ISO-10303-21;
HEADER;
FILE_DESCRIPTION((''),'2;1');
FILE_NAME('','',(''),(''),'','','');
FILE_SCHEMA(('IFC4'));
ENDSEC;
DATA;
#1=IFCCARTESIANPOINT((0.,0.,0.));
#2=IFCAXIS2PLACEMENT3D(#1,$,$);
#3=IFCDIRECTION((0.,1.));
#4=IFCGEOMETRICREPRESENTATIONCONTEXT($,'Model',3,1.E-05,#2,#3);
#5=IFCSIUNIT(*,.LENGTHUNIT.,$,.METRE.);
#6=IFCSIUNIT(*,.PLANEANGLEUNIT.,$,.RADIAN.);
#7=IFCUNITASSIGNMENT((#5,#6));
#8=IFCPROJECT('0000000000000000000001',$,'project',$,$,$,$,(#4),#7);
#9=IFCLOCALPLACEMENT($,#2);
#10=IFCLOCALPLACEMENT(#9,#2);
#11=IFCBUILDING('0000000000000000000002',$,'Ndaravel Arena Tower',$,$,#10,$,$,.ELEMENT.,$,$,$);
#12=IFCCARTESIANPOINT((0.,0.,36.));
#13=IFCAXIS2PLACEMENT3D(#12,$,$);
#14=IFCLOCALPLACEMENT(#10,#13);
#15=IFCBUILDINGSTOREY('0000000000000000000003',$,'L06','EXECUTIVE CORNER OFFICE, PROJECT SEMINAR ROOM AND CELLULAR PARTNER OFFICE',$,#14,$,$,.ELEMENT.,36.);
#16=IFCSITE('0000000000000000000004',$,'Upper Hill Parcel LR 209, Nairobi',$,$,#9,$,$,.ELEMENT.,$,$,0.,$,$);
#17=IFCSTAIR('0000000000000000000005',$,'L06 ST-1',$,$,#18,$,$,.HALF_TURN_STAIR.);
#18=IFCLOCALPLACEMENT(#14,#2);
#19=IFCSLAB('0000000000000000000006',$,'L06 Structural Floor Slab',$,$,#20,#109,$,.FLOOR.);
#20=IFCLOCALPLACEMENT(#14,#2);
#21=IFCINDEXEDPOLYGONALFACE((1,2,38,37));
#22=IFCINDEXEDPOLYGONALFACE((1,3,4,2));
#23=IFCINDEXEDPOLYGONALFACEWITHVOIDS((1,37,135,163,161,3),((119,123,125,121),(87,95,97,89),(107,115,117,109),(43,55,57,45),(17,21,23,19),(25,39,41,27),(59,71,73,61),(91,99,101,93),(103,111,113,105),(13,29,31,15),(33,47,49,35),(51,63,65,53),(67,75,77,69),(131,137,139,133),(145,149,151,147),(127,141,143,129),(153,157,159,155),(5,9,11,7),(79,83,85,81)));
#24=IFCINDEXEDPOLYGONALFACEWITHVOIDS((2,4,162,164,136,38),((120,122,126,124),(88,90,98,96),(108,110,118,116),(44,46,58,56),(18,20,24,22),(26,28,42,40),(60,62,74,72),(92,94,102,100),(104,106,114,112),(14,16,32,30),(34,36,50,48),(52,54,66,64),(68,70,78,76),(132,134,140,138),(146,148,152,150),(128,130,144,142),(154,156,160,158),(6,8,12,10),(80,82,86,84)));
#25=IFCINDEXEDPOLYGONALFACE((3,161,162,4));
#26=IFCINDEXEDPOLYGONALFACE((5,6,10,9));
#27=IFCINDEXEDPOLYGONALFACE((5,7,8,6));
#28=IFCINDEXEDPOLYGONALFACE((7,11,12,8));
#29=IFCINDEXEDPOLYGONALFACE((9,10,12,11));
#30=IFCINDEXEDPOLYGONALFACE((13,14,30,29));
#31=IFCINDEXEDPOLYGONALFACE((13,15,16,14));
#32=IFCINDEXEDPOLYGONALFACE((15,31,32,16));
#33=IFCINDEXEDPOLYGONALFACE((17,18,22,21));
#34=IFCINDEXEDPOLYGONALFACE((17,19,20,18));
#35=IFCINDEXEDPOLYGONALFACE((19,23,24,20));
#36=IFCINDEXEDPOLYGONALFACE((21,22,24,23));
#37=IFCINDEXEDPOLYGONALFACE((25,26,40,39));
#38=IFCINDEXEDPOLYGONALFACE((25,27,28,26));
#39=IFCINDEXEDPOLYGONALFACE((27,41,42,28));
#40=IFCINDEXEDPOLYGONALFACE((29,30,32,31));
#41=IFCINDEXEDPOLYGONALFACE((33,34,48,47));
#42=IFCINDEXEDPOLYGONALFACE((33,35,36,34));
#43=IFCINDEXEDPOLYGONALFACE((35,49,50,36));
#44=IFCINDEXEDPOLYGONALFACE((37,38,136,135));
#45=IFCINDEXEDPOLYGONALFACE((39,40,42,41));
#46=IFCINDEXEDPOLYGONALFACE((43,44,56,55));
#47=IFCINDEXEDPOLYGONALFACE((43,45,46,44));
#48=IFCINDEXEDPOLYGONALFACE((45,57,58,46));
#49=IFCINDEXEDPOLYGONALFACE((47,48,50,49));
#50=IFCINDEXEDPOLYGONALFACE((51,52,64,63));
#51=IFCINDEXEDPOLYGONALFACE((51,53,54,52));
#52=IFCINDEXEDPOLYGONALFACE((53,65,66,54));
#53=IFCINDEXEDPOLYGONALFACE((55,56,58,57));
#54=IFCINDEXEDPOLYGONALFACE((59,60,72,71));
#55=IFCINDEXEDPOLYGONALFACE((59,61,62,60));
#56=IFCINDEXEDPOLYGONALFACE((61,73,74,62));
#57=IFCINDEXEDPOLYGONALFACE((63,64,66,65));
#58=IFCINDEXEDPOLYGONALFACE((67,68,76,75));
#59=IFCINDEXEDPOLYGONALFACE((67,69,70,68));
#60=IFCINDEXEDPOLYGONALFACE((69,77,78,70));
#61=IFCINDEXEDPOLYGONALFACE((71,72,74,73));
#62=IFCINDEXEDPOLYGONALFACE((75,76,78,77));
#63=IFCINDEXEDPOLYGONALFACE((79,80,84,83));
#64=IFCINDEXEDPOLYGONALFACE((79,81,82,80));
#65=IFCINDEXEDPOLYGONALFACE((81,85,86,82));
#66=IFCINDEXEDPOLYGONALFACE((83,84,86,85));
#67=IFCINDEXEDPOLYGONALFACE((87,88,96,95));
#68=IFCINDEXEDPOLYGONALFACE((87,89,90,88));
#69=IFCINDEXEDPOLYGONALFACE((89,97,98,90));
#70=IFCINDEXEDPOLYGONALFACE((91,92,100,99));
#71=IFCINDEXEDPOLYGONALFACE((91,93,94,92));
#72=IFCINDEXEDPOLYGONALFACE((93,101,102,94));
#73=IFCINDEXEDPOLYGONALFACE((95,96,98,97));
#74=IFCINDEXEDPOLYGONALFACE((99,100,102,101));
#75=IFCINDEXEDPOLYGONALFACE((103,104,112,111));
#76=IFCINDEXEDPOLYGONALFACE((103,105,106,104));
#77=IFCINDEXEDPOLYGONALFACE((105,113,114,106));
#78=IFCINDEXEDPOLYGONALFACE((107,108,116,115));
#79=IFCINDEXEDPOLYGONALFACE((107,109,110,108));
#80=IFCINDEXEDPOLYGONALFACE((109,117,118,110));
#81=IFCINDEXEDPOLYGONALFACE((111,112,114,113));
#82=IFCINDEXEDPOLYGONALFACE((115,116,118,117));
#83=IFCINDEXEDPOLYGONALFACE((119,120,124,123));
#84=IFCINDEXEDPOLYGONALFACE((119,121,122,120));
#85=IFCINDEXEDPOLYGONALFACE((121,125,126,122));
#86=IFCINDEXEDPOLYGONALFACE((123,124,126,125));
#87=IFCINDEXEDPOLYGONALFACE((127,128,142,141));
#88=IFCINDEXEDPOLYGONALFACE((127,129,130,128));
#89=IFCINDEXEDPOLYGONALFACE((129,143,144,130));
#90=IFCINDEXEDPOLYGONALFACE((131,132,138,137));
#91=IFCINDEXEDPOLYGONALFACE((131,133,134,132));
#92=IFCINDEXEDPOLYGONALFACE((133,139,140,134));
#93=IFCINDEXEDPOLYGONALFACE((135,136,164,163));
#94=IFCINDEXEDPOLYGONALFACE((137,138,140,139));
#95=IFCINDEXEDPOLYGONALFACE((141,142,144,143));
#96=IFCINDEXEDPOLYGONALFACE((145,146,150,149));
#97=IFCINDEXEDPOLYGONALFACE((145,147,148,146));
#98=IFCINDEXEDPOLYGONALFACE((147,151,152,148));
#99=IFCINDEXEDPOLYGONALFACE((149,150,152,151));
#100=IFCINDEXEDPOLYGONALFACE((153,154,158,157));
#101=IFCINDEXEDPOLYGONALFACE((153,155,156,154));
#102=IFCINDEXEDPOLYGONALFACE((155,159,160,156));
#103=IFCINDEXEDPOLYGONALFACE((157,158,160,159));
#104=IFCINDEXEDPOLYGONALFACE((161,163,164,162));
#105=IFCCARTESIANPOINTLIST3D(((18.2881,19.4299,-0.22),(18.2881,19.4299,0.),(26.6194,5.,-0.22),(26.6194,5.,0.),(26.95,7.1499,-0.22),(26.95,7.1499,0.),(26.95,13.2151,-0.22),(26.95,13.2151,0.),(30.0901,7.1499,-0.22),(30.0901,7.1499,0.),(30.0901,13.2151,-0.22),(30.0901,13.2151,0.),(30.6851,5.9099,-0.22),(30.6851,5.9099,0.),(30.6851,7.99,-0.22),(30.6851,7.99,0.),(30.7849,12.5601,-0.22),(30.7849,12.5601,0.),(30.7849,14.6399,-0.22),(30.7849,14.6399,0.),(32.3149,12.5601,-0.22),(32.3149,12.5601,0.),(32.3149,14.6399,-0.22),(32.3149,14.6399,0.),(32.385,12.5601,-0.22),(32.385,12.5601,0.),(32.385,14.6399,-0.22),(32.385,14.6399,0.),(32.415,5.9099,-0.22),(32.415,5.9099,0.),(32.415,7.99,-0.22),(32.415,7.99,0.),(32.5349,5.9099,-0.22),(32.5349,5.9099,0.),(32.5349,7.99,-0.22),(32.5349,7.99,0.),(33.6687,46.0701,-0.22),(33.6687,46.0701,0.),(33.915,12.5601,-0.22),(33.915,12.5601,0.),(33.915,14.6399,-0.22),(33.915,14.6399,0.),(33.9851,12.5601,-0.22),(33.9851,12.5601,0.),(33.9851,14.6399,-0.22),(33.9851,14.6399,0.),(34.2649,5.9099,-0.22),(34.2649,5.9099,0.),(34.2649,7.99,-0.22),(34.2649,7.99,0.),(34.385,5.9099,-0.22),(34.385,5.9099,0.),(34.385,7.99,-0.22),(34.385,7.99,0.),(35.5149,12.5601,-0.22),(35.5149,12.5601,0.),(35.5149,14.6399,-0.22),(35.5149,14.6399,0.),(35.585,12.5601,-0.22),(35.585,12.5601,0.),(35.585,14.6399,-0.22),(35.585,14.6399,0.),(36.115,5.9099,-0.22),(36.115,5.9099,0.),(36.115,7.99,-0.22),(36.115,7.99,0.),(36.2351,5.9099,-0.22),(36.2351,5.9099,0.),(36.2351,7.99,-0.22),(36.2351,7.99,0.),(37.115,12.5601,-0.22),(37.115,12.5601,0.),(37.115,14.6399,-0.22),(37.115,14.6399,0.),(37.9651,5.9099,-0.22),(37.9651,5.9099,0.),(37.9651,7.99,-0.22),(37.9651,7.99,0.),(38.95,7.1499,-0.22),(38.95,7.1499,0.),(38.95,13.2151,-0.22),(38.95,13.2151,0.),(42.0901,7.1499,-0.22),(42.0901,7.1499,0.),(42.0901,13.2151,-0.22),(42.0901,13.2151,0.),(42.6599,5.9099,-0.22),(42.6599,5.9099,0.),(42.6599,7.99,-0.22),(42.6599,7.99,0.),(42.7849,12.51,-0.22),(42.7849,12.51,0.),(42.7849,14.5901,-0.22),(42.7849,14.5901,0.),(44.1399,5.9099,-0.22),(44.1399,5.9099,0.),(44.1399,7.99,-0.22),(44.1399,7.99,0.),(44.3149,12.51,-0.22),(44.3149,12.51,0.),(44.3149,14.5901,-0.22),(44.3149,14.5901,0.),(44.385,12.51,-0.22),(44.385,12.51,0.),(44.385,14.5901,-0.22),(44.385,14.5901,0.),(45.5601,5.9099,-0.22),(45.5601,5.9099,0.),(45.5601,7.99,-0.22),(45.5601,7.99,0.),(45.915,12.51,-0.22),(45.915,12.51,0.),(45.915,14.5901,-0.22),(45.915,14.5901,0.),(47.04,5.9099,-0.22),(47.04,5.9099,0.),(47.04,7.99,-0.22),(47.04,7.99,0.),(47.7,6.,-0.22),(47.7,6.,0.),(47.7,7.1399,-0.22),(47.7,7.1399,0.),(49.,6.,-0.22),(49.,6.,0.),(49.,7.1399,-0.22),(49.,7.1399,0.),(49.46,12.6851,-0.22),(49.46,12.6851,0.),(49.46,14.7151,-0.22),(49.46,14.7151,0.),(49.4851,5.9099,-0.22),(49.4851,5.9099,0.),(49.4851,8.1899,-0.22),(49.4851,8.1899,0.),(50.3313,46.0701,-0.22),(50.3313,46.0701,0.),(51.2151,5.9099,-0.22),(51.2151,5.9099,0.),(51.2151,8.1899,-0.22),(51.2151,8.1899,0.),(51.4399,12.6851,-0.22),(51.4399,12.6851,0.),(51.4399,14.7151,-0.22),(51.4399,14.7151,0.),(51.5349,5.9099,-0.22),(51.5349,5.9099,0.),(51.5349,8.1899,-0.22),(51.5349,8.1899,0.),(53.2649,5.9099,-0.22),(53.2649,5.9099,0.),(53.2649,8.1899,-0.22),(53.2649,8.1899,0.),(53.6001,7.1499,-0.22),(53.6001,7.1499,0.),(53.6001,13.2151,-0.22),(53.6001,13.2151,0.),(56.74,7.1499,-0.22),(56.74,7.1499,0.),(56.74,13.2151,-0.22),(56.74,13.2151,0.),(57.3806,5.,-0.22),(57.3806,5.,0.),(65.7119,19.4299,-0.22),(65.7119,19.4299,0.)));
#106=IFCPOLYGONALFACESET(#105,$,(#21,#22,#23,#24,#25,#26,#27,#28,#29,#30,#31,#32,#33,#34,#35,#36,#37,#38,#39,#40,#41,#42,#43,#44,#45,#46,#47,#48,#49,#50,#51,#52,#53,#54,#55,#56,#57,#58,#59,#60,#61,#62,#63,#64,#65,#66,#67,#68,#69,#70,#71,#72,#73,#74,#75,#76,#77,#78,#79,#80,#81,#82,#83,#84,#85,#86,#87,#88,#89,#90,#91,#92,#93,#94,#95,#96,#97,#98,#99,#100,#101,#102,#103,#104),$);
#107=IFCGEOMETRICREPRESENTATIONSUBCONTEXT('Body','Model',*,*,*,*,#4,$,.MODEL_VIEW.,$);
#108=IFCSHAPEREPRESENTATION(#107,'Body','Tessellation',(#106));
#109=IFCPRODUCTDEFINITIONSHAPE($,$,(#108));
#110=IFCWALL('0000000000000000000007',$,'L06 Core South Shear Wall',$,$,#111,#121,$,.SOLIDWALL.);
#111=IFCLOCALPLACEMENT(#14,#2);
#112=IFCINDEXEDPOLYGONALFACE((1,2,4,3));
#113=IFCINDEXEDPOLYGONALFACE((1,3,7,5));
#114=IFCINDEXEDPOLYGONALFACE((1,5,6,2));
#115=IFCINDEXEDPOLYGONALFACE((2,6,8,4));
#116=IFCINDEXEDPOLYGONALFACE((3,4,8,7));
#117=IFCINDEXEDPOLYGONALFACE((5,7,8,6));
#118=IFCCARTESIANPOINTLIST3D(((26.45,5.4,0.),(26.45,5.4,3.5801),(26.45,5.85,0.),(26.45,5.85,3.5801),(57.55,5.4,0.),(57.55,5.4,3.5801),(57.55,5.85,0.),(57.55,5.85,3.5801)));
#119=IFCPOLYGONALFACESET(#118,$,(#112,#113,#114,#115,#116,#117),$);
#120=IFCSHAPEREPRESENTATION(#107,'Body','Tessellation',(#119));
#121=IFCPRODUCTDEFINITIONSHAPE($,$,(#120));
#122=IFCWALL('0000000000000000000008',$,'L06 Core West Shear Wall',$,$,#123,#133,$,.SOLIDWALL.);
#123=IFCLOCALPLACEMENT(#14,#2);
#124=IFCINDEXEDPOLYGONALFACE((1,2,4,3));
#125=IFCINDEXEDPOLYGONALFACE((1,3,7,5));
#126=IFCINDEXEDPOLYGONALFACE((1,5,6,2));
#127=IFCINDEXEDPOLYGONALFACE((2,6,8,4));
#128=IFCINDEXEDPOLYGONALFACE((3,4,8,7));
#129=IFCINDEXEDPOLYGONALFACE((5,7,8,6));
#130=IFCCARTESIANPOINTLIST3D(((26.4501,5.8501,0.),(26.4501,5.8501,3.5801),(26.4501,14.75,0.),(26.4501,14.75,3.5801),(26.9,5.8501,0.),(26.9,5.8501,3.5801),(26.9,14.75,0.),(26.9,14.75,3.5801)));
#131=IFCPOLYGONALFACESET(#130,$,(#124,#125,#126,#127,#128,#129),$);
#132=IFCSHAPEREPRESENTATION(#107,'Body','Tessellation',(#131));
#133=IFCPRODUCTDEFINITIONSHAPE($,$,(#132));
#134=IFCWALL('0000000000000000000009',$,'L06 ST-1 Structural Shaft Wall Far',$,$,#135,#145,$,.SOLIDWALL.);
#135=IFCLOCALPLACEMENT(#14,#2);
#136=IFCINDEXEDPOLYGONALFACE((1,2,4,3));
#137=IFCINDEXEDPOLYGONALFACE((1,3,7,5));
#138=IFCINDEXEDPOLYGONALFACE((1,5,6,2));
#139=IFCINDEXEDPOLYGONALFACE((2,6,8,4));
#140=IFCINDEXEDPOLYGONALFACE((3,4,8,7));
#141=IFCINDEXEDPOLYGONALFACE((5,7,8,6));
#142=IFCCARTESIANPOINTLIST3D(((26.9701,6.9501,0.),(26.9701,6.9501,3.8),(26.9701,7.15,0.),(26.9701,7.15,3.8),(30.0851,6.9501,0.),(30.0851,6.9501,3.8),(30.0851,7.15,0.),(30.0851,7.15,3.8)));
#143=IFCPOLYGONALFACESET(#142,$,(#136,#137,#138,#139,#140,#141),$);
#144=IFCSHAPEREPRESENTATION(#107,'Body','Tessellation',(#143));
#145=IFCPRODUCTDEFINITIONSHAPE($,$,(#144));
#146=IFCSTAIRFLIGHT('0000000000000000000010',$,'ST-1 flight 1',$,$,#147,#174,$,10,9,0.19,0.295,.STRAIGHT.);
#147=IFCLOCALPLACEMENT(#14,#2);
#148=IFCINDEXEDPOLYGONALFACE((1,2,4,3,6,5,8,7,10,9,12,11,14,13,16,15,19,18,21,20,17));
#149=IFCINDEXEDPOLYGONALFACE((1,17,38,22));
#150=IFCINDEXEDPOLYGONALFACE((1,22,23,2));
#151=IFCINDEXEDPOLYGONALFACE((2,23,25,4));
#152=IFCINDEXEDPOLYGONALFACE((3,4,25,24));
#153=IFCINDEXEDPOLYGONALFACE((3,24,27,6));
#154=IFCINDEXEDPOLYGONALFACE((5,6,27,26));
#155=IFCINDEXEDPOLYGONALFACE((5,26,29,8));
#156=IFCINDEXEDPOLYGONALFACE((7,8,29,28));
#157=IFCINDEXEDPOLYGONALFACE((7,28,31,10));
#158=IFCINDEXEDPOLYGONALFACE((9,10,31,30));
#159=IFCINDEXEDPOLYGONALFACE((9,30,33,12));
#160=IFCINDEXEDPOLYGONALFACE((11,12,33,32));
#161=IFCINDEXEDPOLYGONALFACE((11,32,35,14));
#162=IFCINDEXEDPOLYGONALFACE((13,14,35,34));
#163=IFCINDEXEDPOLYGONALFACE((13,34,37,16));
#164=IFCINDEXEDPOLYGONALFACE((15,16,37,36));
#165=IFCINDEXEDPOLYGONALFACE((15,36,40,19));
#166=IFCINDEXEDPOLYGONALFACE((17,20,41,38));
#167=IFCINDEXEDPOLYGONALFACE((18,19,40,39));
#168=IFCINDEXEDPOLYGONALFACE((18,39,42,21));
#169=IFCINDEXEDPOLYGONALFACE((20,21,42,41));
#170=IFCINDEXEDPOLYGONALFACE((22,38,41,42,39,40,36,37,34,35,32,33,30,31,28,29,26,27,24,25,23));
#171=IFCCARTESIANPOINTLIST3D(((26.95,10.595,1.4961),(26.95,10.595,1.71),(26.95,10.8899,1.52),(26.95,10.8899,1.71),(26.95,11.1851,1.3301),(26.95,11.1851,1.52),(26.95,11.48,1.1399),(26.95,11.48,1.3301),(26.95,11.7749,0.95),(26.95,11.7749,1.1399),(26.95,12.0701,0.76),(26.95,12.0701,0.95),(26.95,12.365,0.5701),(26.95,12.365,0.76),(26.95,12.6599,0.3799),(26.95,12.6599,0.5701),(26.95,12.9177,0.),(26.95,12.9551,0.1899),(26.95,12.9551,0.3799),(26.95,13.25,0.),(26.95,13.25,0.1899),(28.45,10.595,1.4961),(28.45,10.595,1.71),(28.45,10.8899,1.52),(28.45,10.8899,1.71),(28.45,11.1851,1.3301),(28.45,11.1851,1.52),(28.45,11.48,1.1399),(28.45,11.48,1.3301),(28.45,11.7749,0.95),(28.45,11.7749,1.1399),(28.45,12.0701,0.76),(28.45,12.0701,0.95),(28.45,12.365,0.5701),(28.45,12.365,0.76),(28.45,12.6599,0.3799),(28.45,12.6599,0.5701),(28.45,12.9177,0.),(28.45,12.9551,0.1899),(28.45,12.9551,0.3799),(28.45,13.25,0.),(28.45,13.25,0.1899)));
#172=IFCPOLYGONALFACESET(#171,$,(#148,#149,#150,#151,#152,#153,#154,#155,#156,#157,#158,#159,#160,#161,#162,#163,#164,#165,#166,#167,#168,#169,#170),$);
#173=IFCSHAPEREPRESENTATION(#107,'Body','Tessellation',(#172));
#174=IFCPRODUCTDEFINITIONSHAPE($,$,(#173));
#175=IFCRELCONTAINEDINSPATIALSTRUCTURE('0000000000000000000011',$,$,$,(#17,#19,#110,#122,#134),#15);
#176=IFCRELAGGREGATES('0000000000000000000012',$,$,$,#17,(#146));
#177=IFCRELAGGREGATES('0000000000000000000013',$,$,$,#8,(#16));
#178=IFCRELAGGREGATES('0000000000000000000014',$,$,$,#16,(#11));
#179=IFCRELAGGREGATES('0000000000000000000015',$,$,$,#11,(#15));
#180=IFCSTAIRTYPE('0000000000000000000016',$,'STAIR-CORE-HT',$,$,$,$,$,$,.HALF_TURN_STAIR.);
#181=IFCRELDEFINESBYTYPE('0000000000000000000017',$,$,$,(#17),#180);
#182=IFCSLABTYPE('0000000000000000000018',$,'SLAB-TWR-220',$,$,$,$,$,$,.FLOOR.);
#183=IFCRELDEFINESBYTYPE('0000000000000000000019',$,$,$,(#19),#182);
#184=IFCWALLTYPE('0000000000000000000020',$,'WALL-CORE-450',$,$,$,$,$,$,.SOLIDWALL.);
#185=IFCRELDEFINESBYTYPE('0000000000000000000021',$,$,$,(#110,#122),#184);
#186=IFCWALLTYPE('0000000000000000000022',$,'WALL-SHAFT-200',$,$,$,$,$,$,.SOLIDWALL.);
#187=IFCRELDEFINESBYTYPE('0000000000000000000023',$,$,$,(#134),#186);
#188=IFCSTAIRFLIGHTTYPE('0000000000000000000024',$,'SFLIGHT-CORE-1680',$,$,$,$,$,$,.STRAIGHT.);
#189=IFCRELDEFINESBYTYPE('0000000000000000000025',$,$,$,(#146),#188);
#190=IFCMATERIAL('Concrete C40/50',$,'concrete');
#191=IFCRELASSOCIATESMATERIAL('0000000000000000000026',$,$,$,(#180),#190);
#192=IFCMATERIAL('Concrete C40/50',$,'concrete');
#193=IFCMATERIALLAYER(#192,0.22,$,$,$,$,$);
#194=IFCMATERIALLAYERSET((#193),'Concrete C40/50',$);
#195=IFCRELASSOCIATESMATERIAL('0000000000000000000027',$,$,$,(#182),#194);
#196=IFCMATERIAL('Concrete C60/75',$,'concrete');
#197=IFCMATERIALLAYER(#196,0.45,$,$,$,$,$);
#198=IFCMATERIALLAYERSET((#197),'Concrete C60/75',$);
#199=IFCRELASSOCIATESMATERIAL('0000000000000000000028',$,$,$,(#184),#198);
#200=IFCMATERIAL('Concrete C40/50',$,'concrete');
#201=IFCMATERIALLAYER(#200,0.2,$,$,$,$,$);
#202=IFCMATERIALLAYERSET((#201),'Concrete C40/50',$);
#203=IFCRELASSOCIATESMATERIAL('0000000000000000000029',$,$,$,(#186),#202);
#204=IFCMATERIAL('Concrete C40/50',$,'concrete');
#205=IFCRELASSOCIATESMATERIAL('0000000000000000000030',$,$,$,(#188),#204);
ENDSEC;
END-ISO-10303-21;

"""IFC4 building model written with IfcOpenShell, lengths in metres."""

from ifc_helpers import new_model, si_unit, direction, frame, frame_2d, origin, place, context, subcontext, project, spatial, polyline, rectangle, outline, extrude, material, layer, layer_set, type_object, element, aggregate, save


model = new_model("IFC4")

# Units and contexts
model_context = context("Model", 3, precision=1e-05, world=origin(), true_north=direction((0.0, 1.0)))
body_context = subcontext(model_context, "Body", "Model", "MODEL_VIEW")
ifc_project = project(units=[si_unit("LENGTHUNIT", "METRE"), si_unit("PLANEANGLEUNIT", "RADIAN")], contexts=[model_context])

# Site, building, storey
site_placement = place(None, origin())
site = spatial("IfcSite", under=ifc_project, at=site_placement, Name="Upper Hill Parcel LR 209, Nairobi", CompositionType="ELEMENT", RefElevation=0.0)
building_placement = place(site_placement, origin())
building = spatial("IfcBuilding", under=site, at=building_placement, Name="Ndaravel Arena Tower", CompositionType="ELEMENT")
storey_placement = place(building_placement, frame((0.0, 0.0, 36.0)))
storey = spatial("IfcBuildingStorey", under=building, at=storey_placement, Name="L06", Description="EXECUTIVE CORNER OFFICE, PROJECT SEMINAR ROOM AND CELLULAR PARTNER OFFICE", CompositionType="ELEMENT", Elevation=36.0)

# Stair
ifc_material_1 = material(Name="Concrete C40/50", Category="concrete")
stair_type = type_object("IfcStairType", Name="STAIR-CORE-HT", PredefinedType="HALF_TURN_STAIR", material=ifc_material_1)
stair_1_placement = place(storey_placement, origin())
stair_1 = element("IfcStair", 1, at=stair_1_placement, inside=storey, type_object=stair_type, Name="L06 ST-1", PredefinedType="HALF_TURN_STAIR")

# Slab
ifc_material_2 = material(Name="Concrete C40/50", Category="concrete")
ifc_layer_1 = layer(ifc_material_2, 0.22)
ifc_layer_set_1 = layer_set([ifc_layer_1], Name="Concrete C40/50")
slab_type_1 = type_object("IfcSlabType", Name="SLAB-TWR-220", PredefinedType="FLOOR", material=ifc_layer_set_1)
slab_1_placement = place(storey_placement, frame((0.0, 0.0, -0.22)))
element("IfcSlab", 2, at=slab_1_placement, inside=storey, type_object=slab_type_1, Name="L06 Structural Floor Slab", PredefinedType="FLOOR", context=body_context, shape_type="SweptSolid", body=[
    extrude(outline(polyline([(18.2881, 19.4299), (26.6194, 5.0), (57.3806, 5.0), (65.7119, 19.4299), (50.3313, 46.0701), (33.6687, 46.0701), (18.2881, 19.4299)]), holes=[polyline([(26.95, 13.2151), (26.95, 7.1499), (30.0901, 7.1499), (30.0901, 13.2151), (26.95, 13.2151)]), polyline([(38.95, 13.2151), (38.95, 7.1499), (42.0901, 7.1499), (42.0901, 13.2151), (38.95, 13.2151)]), polyline([(53.6001, 13.2151), (53.6001, 7.1499), (56.74, 7.1499), (56.74, 13.2151), (53.6001, 13.2151)]), polyline([(30.6851, 5.9099), (32.415, 5.9099), (32.415, 7.99), (30.6851, 7.99), (30.6851, 5.9099)]), polyline([(32.5349, 5.9099), (34.2649, 5.9099), (34.2649, 7.99), (32.5349, 7.99), (32.5349, 5.9099)]), polyline([(34.385, 5.9099), (36.115, 5.9099), (36.115, 7.99), (34.385, 7.99), (34.385, 5.9099)]), polyline([(36.2351, 5.9099), (37.9651, 5.9099), (37.9651, 7.99), (36.2351, 7.99), (36.2351, 5.9099)]), polyline([(30.7849, 12.5601), (32.3149, 12.5601), (32.3149, 14.6399), (30.7849, 14.6399), (30.7849, 12.5601)]), polyline([(32.385, 12.5601), (33.915, 12.5601), (33.915, 14.6399), (32.385, 14.6399), (32.385, 12.5601)]), polyline([(33.9851, 12.5601), (35.5149, 12.5601), (35.5149, 14.6399), (33.9851, 14.6399), (33.9851, 12.5601)]), polyline([(35.585, 12.5601), (37.115, 12.5601), (37.115, 14.6399), (35.585, 14.6399), (35.585, 12.5601)]), polyline([(42.6599, 5.9099), (44.1399, 5.9099), (44.1399, 7.99), (42.6599, 7.99), (42.6599, 5.9099)]), polyline([(45.5601, 5.9099), (47.04, 5.9099), (47.04, 7.99), (45.5601, 7.99), (45.5601, 5.9099)]), polyline([(42.7849, 12.51), (44.3149, 12.51), (44.3149, 14.5901), (42.7849, 14.5901), (42.7849, 12.51)]), polyline([(44.385, 12.51), (45.915, 12.51), (45.915, 14.5901), (44.385, 14.5901), (44.385, 12.51)]), polyline([(49.4851, 5.9099), (51.2151, 5.9099), (51.2151, 8.1899), (49.4851, 8.1899), (49.4851, 5.9099)]), polyline([(51.5349, 5.9099), (53.2649, 5.9099), (53.2649, 8.1899), (51.5349, 8.1899), (51.5349, 5.9099)]), polyline([(49.46, 12.6851), (51.4399, 12.6851), (51.4399, 14.7151), (49.46, 14.7151), (49.46, 12.6851)]), polyline([(47.7, 6.0), (49.0, 6.0), (49.0, 7.1399), (47.7, 7.1399), (47.7, 6.0)])]), origin(), (0.0, 0.0, 1.0), 0.22),
])

# Walls
ifc_material_3 = material(Name="Concrete C60/75", Category="concrete")
ifc_layer_2 = layer(ifc_material_3, 0.45)
ifc_layer_set_2 = layer_set([ifc_layer_2], Name="Concrete C60/75")
wall_type_1 = type_object("IfcWallType", Name="WALL-CORE-450", PredefinedType="SOLIDWALL", material=ifc_layer_set_2)
wall_1_placement = place(storey_placement, frame((26.45, 5.625, 0.0), z_axis=(0.0, 0.0, 1.0), x_axis=(1.0, 0.0, 0.0)))
element("IfcWall", 3, at=wall_1_placement, inside=storey, type_object=wall_type_1, Name="L06 Core South Shear Wall", PredefinedType="SOLIDWALL", context=body_context, shape_type="SweptSolid", body=[
    extrude(rectangle(XDim=31.1001, YDim=0.45, at=frame_2d((15.55, 0.0))), origin(), (0.0, 0.0, 1.0), 3.5801),
])
wall_2_placement = place(storey_placement, frame((26.675, 5.8501, 0.0), z_axis=(0.0, 0.0, 1.0), x_axis=(0.0, 1.0, 0.0)))
element("IfcWall", 4, at=wall_2_placement, inside=storey, type_object=wall_type_1, Name="L06 Core West Shear Wall", PredefinedType="SOLIDWALL", context=body_context, shape_type="SweptSolid", body=[
    extrude(rectangle(XDim=8.8999, YDim=0.45, at=frame_2d((4.45, 0.0))), origin(), (0.0, 0.0, 1.0), 3.5801),
])
ifc_material_4 = material(Name="Concrete C40/50", Category="concrete")
ifc_layer_3 = layer(ifc_material_4, 0.2)
ifc_layer_set_3 = layer_set([ifc_layer_3], Name="Concrete C40/50")
wall_type_2 = type_object("IfcWallType", Name="WALL-SHAFT-200", PredefinedType="SOLIDWALL", material=ifc_layer_set_3)
wall_3_placement = place(storey_placement, frame((26.97, 7.05, 0.0), z_axis=(0.0, 0.0, 1.0), x_axis=(1.0, 0.0, 0.0)))
element("IfcWall", 5, at=wall_3_placement, inside=storey, type_object=wall_type_2, Name="L06 ST-1 Structural Shaft Wall Far", PredefinedType="SOLIDWALL", context=body_context, shape_type="SweptSolid", body=[
    extrude(rectangle(XDim=3.115, YDim=0.2, at=frame_2d((1.5576, 0.0))), origin(), (0.0, 0.0, 1.0), 3.8),
])

# Stair flight
ifc_material_5 = material(Name="Concrete C40/50", Category="concrete")
stair_flight_type = type_object("IfcStairFlightType", Name="SFLIGHT-CORE-1680", PredefinedType="STRAIGHT", material=ifc_material_5)
stair_flight_1_placement = place(storey_placement, frame((27.7, 13.25, 0.0), z_axis=(0.0, 0.0, 1.0), x_axis=(0.0, -1.0, 0.0)))
stair_flight_1 = element("IfcStairFlight", 6, at=stair_flight_1_placement, type_object=stair_flight_type, Name="ST-1 flight 1", NumberOfRisers=10, NumberOfTreads=9, PredefinedType="STRAIGHT", RiserHeight=0.19, TreadLength=0.295, context=body_context, shape_type="SweptSolid", body=[
    extrude(outline(polyline([(0.0, 0.0), (0.0, 0.1899), (0.2949, 0.1899), (0.2949, 0.3799), (0.5901, 0.3799), (0.5901, 0.5701), (0.885, 0.5701), (0.885, 0.76), (1.1799, 0.76), (1.1799, 0.95), (1.4751, 0.95), (1.4751, 1.1399), (1.77, 1.1399), (1.77, 1.3301), (2.0649, 1.3301), (2.0649, 1.52), (2.3601, 1.52), (2.3601, 1.71), (2.655, 1.71), (2.655, 1.8999), (2.655, 1.4961), (0.3323, 0.0), (0.0, 0.0)])), frame((0.0, 0.75, 0.0), z_axis=(0.0, -1.0, 0.0), x_axis=(1.0, 0.0, 0.0)), (0.0, 0.0, 1.0), 1.5),
])
aggregate(stair_1, [stair_flight_1])

save(model, "model.ifc")
